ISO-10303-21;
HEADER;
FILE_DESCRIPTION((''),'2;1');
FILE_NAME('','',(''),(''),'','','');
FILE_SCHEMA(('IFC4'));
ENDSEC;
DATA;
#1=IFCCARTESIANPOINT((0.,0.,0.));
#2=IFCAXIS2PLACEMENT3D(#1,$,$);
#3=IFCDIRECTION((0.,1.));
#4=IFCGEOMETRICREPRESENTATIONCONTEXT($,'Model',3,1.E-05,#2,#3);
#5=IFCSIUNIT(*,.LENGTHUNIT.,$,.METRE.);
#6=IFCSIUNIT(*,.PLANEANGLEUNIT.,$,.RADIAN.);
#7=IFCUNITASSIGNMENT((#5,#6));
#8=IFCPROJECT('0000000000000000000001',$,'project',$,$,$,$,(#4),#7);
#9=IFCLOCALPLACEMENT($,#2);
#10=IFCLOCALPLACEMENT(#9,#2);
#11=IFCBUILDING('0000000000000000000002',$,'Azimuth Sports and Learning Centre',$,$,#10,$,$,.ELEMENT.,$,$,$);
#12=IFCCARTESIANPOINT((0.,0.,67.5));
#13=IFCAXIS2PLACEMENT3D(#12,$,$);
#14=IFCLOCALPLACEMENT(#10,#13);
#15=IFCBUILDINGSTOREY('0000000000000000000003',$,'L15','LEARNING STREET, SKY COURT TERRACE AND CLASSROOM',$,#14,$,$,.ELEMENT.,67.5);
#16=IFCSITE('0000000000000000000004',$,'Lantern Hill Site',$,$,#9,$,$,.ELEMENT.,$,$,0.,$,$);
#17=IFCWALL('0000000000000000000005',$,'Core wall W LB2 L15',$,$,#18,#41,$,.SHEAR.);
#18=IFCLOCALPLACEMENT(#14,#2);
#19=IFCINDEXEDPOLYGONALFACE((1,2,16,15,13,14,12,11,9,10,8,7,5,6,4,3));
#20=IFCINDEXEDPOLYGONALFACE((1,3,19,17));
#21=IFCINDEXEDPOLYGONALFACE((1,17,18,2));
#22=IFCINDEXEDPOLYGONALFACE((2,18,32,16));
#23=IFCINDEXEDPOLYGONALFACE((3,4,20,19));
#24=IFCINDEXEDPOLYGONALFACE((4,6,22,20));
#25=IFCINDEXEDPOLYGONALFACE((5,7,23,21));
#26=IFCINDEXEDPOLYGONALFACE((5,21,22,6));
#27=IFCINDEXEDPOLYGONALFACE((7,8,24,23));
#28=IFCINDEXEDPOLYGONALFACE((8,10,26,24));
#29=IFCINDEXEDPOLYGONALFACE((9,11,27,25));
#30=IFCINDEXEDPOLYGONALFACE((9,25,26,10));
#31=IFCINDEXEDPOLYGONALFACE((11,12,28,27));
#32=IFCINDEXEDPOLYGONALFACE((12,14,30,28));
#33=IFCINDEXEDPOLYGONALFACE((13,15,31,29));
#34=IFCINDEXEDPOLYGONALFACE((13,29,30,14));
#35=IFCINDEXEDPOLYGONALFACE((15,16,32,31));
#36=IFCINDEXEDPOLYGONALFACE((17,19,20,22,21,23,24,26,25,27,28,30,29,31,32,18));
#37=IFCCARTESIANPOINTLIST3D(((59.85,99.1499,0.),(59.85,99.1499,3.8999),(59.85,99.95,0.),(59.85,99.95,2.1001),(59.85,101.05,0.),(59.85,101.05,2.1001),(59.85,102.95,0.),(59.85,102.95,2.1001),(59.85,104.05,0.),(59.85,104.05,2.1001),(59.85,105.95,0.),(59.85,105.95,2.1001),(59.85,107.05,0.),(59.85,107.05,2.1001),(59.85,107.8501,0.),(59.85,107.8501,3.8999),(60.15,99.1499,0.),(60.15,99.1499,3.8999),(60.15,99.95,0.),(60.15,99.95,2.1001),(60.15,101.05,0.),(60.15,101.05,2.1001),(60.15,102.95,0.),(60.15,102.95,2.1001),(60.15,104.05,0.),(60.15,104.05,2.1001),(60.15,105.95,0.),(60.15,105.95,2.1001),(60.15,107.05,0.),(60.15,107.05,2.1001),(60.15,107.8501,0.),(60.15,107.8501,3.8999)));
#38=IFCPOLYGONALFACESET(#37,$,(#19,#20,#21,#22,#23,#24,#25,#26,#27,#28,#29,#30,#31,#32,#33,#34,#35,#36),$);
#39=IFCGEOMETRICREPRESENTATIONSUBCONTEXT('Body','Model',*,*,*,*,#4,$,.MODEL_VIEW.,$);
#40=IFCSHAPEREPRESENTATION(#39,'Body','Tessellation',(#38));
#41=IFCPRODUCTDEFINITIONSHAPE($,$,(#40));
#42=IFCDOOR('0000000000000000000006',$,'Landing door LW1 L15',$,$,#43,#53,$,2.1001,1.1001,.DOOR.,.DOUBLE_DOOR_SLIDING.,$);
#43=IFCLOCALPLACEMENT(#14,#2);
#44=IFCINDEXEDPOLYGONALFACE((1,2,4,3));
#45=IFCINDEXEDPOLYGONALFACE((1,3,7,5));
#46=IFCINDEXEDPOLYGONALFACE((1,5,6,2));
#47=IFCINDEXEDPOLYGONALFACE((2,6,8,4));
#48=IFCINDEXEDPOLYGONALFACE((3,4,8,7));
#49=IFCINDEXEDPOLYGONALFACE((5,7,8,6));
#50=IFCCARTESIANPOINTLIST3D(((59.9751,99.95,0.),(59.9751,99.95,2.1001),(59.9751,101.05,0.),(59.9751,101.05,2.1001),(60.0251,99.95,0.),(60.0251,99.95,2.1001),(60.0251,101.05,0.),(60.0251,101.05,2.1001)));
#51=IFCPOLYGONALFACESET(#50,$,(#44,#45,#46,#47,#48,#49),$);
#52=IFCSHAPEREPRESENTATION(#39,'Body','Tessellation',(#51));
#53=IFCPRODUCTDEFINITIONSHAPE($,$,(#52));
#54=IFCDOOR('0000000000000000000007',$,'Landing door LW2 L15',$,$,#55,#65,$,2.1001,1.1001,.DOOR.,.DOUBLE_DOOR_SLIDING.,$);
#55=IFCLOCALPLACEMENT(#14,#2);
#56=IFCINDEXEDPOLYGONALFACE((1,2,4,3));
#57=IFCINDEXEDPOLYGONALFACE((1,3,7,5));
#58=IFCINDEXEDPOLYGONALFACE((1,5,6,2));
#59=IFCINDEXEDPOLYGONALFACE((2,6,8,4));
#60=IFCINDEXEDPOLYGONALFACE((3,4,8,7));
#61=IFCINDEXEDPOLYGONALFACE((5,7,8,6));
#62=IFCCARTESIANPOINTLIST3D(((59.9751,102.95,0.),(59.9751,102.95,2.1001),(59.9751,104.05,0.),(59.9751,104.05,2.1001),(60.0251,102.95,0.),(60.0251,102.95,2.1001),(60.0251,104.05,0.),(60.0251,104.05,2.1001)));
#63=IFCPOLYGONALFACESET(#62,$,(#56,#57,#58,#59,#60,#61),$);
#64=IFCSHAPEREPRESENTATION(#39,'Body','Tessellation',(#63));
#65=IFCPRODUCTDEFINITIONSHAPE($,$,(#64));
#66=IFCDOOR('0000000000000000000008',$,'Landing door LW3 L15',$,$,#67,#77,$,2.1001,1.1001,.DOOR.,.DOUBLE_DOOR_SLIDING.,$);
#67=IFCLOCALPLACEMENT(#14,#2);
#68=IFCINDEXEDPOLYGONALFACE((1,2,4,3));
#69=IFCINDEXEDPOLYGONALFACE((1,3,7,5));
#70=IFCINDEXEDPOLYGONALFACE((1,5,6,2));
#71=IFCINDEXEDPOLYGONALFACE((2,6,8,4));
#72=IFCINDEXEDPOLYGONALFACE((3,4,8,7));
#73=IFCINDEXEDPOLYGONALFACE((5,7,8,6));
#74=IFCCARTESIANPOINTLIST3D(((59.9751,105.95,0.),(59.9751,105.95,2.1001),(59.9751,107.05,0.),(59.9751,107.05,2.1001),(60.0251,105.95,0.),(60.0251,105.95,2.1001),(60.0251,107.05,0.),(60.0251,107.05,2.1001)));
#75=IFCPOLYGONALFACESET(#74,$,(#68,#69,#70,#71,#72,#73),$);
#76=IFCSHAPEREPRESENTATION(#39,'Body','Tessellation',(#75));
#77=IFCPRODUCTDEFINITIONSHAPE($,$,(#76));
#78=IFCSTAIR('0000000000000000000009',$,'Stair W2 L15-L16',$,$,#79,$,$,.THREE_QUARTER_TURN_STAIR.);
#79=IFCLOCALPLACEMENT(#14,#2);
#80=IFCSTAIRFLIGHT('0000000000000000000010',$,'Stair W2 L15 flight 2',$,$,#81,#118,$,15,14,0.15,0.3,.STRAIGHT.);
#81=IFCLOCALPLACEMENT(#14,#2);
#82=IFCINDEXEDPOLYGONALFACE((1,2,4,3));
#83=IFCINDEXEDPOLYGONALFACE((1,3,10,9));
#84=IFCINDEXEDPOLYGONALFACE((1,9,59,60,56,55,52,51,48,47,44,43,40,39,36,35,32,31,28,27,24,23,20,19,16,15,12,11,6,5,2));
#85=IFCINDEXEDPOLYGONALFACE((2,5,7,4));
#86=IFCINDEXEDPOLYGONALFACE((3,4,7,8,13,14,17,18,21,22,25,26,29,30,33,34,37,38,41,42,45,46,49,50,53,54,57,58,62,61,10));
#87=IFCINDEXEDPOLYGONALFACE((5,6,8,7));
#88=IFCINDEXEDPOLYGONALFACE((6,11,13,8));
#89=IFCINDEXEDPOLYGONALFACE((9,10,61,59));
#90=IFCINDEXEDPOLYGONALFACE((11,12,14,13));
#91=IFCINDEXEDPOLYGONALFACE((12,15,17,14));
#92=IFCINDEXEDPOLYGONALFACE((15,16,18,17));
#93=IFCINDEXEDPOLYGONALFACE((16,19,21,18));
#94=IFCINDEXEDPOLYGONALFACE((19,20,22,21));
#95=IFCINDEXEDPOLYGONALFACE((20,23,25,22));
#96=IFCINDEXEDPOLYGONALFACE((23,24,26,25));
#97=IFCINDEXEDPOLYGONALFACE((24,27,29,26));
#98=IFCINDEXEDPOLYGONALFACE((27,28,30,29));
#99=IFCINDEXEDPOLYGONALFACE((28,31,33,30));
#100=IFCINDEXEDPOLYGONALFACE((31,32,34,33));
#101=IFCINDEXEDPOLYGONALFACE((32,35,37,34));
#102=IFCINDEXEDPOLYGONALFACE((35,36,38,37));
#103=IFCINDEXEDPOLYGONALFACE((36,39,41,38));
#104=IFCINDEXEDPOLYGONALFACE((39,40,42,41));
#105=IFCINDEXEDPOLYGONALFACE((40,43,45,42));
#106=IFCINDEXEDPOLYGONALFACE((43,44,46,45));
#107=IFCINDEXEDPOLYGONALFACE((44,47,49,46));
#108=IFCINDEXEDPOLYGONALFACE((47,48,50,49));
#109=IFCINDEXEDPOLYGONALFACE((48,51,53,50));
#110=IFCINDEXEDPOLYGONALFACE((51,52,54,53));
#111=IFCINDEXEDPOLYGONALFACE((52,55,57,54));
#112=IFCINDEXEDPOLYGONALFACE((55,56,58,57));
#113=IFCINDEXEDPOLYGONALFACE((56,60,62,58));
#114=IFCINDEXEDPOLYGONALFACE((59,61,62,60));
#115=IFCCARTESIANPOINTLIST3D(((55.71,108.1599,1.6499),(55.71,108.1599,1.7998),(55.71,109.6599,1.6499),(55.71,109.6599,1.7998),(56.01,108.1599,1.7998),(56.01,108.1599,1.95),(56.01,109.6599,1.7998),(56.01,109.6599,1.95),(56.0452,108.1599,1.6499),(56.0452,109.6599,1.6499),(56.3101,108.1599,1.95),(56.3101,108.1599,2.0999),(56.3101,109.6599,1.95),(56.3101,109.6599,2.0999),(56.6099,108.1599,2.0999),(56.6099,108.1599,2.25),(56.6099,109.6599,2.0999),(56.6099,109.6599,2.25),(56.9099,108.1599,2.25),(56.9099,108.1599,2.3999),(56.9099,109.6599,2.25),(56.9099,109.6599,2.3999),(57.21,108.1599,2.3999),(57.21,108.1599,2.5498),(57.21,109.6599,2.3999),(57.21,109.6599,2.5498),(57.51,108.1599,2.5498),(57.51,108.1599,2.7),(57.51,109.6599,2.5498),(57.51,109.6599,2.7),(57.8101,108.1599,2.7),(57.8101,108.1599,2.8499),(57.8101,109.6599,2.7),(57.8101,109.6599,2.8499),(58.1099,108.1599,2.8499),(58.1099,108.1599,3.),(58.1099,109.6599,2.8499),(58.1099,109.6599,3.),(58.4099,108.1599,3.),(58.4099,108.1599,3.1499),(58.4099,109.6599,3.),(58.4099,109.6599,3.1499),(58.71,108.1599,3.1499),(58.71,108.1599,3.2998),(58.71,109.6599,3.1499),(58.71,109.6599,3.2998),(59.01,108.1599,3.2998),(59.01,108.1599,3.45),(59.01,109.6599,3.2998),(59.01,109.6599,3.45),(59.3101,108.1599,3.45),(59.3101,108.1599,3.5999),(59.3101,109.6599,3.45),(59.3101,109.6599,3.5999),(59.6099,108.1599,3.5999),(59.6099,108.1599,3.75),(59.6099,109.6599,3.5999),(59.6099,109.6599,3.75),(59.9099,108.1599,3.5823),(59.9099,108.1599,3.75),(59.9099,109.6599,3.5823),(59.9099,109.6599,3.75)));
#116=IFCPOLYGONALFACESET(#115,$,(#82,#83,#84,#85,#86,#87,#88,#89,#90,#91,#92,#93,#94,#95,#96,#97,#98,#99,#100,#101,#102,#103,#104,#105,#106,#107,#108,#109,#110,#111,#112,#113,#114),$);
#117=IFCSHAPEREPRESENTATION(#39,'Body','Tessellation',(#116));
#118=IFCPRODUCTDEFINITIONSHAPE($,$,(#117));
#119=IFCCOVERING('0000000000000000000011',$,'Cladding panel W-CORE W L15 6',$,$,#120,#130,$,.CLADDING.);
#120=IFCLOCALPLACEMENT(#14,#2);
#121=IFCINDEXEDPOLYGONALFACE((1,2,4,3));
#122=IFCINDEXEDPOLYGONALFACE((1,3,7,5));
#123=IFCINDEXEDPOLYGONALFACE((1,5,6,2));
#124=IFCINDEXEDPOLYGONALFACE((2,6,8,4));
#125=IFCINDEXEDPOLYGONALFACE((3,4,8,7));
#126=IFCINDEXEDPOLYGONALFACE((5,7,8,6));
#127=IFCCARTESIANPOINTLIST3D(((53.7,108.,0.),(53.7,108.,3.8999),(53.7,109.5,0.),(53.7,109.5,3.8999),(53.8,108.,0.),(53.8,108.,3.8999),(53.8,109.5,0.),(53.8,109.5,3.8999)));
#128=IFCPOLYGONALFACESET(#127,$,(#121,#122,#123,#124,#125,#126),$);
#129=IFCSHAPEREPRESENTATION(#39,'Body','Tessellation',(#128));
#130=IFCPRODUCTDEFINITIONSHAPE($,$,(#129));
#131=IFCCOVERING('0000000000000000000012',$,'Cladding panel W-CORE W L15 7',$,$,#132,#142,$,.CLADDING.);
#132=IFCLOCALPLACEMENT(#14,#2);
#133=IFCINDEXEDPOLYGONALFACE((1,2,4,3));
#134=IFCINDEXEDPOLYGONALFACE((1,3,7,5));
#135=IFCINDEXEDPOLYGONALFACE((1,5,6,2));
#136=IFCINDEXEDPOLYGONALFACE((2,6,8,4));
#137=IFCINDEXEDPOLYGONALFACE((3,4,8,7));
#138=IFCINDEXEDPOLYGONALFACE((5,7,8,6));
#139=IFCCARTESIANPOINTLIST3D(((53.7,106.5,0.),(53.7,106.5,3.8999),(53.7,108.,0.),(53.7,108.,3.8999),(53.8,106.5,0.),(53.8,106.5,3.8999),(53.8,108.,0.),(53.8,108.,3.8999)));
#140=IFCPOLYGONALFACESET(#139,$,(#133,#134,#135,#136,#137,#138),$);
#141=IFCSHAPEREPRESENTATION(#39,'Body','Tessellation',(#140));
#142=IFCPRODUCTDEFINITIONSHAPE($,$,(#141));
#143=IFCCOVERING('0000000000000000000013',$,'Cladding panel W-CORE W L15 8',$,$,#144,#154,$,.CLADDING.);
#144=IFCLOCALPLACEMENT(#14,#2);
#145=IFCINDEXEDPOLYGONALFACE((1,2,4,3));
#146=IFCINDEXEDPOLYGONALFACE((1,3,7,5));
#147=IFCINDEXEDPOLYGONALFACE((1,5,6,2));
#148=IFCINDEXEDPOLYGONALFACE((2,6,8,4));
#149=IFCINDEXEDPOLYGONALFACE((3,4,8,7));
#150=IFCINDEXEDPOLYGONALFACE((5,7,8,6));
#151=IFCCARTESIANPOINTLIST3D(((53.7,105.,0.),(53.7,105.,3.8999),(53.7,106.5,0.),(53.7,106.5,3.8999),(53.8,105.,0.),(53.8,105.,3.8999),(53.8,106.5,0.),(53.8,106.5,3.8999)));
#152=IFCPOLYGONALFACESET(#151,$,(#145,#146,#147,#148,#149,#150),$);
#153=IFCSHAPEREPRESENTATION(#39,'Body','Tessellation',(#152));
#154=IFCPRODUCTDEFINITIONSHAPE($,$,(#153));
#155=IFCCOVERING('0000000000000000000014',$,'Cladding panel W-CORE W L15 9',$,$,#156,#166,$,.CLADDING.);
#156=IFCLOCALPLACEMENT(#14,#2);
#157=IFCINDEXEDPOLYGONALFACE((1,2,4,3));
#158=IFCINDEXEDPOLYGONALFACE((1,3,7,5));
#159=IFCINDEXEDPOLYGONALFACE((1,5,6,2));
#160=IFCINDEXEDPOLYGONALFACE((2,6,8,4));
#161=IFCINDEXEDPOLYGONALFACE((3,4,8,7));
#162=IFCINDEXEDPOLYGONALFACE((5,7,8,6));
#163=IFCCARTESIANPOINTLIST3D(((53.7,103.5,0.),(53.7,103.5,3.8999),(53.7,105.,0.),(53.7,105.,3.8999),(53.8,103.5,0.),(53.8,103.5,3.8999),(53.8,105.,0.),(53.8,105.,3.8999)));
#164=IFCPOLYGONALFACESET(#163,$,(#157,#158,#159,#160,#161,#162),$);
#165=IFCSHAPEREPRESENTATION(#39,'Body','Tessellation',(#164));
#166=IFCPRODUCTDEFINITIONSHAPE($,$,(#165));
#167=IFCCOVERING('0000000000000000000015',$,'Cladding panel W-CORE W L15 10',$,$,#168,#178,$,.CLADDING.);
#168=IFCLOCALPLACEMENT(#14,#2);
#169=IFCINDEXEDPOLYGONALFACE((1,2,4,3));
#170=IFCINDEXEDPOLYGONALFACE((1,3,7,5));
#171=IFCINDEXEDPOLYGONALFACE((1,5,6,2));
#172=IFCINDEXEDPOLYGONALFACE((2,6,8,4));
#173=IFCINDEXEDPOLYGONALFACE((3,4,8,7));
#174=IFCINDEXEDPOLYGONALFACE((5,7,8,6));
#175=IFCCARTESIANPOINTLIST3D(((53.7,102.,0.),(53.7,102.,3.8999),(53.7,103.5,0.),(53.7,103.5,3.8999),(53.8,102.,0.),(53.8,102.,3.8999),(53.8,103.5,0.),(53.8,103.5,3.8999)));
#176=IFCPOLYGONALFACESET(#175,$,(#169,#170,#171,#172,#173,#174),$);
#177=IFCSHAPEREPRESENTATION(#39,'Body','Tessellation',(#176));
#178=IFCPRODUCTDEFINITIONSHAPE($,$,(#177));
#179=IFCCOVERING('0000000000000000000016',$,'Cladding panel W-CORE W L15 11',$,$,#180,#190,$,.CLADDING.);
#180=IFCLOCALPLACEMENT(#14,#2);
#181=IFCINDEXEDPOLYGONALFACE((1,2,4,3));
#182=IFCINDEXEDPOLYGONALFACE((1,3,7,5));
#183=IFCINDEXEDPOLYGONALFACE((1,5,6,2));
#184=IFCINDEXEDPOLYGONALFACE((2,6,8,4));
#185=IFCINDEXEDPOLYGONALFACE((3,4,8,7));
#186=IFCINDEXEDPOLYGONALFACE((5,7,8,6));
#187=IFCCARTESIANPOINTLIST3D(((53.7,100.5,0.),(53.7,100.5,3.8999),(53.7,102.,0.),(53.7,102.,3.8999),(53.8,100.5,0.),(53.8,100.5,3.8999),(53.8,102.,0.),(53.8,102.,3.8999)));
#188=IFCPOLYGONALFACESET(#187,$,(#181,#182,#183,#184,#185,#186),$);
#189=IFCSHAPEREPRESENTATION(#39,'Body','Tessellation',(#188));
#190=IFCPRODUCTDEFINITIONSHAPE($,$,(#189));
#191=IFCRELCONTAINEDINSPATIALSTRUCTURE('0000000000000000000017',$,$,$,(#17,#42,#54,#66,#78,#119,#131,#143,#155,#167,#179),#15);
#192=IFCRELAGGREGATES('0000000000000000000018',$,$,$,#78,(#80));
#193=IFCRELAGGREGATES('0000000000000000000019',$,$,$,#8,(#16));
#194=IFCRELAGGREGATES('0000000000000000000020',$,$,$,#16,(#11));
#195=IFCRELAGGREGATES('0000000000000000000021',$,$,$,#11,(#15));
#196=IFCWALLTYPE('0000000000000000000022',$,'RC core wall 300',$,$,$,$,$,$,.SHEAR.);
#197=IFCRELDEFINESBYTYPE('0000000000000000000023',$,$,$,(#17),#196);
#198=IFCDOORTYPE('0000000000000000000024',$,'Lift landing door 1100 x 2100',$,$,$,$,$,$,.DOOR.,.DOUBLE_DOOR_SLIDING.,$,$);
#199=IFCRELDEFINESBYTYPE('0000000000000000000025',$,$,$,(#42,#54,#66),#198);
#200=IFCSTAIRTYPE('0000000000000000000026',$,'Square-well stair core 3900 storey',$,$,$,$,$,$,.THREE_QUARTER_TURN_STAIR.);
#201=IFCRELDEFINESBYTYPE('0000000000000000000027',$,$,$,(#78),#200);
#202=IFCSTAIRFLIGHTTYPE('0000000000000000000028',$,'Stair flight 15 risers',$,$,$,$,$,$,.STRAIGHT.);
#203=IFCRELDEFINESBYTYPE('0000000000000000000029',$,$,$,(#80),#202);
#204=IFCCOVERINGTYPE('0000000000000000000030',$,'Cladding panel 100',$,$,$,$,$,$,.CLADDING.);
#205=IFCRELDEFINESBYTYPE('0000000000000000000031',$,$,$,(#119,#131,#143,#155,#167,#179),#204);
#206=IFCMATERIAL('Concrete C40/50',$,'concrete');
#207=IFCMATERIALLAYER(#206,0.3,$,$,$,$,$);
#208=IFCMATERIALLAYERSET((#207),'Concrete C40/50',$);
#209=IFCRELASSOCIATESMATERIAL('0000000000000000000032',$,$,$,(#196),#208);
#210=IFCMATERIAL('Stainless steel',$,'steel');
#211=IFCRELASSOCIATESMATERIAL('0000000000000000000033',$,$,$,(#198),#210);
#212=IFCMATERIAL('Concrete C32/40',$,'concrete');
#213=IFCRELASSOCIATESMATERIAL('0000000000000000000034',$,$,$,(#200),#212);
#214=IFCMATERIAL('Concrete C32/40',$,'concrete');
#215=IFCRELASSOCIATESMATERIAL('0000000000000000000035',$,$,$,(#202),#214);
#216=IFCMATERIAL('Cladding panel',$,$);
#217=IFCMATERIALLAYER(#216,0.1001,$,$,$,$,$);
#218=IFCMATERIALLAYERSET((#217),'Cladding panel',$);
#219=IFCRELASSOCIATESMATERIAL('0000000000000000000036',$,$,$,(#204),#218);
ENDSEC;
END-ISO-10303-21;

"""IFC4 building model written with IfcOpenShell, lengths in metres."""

from ifc_helpers import new_model, si_unit, direction, frame, frame_2d, origin, origin_2d, place, context, subcontext, project, spatial, polyline, rectangle, outline, extrude, material, layer, layer_set, type_object, element, fill, aggregate, save


model = new_model("IFC4")

# Units and contexts
model_context = context("Model", 3, precision=1e-05, world=origin(), true_north=direction((0.0, 1.0)))
body_context = subcontext(model_context, "Body", "Model", "MODEL_VIEW")
ifc_project = project(units=[si_unit("LENGTHUNIT", "METRE"), si_unit("PLANEANGLEUNIT", "RADIAN")], contexts=[model_context])

# Site, building, storey
site_placement = place(None, origin())
site = spatial("IfcSite", under=ifc_project, at=site_placement, Name="Lantern Hill Site", CompositionType="ELEMENT", RefElevation=0.0)
building_placement = place(site_placement, origin())
building = spatial("IfcBuilding", under=site, at=building_placement, Name="Azimuth Sports and Learning Centre", CompositionType="ELEMENT")
storey_placement = place(building_placement, frame((0.0, 0.0, 67.5)))
storey = spatial("IfcBuildingStorey", under=building, at=storey_placement, Name="L15", Description="LEARNING STREET, SKY COURT TERRACE AND CLASSROOM", CompositionType="ELEMENT", Elevation=67.5)

# Shared definitions
ifc_material_1 = material(Name="Concrete C40/50", Category="concrete")
ifc_layer_1 = layer(ifc_material_1, 0.3)
ifc_layer_set_1 = layer_set([ifc_layer_1], Name="Concrete C40/50")
wall_type_1 = type_object("IfcWallType", Name="RC core wall 300", PredefinedType="SHEAR", material=ifc_layer_set_1)

# Wall, openings, doors
wall_1_placement = place(storey_placement, frame((60.0, 99.1499, 0.0), z_axis=(0.0, 0.0, 1.0), x_axis=(0.0, 1.0, 0.0)))
wall_1 = element("IfcWall", 1, at=wall_1_placement, inside=storey, type_object=wall_type_1, Name="Core wall W LB2 L15", PredefinedType="SHEAR", context=body_context, shape_type="SweptSolid", body=[
    extrude(rectangle(XDim=8.7002, YDim=0.3, at=frame_2d((4.3501, 0.0))), origin(), (0.0, 0.0, 1.0), 3.8999),
])
opening_1_placement = place(wall_1_placement, frame((0.8, 0.0, 0.0)))
opening_1 = element("IfcOpeningElement", 2, at=opening_1_placement, cuts=wall_1, PredefinedType="OPENING", context=body_context, shape_type="SweptSolid", body=[
    extrude(rectangle(XDim=1.1001, YDim=2.1001, at=frame_2d((0.55, 1.05))), frame((0.0, 0.1611, 0.0), z_axis=(0.0, -1.0, 0.0), x_axis=(1.0, 0.0, 0.0)), (0.0, 0.0, 1.0), 0.322),
])
opening_2_placement = place(wall_1_placement, frame((3.8, 0.0, 0.0)))
opening_2 = element("IfcOpeningElement", 3, at=opening_2_placement, cuts=wall_1, PredefinedType="OPENING", context=body_context, shape_type="SweptSolid", body=[
    extrude(rectangle(XDim=1.1001, YDim=2.1001, at=frame_2d((0.55, 1.05))), frame((0.0, 0.1611, 0.0), z_axis=(0.0, -1.0, 0.0), x_axis=(1.0, 0.0, 0.0)), (0.0, 0.0, 1.0), 0.322),
])
opening_3_placement = place(wall_1_placement, frame((6.8, 0.0, 0.0)))
opening_3 = element("IfcOpeningElement", 4, at=opening_3_placement, cuts=wall_1, PredefinedType="OPENING", context=body_context, shape_type="SweptSolid", body=[
    extrude(rectangle(XDim=1.1001, YDim=2.1001, at=frame_2d((0.55, 1.05))), frame((0.0, 0.1611, 0.0), z_axis=(0.0, -1.0, 0.0), x_axis=(1.0, 0.0, 0.0)), (0.0, 0.0, 1.0), 0.322),
])
ifc_material_2 = material(Name="Stainless steel", Category="steel")
door_type_1 = type_object("IfcDoorType", Name="Lift landing door 1100 x 2100", OperationType="DOUBLE_DOOR_SLIDING", PredefinedType="DOOR", material=ifc_material_2)
door_1_placement = place(opening_1_placement, origin())
door_1 = element("IfcDoor", 5, at=door_1_placement, inside=storey, type_object=door_type_1, Name="Landing door LW1 L15", OperationType="DOUBLE_DOOR_SLIDING", OverallHeight=2.1001, OverallWidth=1.1001, PredefinedType="DOOR", context=body_context, shape_type="SweptSolid", body=[
    extrude(rectangle(XDim=1.1001, YDim=2.1001, at=frame_2d((0.55, 1.05))), frame((0.0, 0.0249, 0.0), z_axis=(0.0, -1.0, 0.0), x_axis=(1.0, 0.0, 0.0)), (0.0, 0.0, 1.0), 0.05),
])
fill(opening_1, door_1)
door_2_placement = place(opening_2_placement, origin())
door_2 = element("IfcDoor", 6, at=door_2_placement, inside=storey, type_object=door_type_1, Name="Landing door LW2 L15", OperationType="DOUBLE_DOOR_SLIDING", OverallHeight=2.1001, OverallWidth=1.1001, PredefinedType="DOOR", context=body_context, shape_type="SweptSolid", body=[
    extrude(rectangle(XDim=1.1001, YDim=2.1001, at=frame_2d((0.55, 1.05))), frame((0.0, 0.0249, 0.0), z_axis=(0.0, -1.0, 0.0), x_axis=(1.0, 0.0, 0.0)), (0.0, 0.0, 1.0), 0.05),
])
fill(opening_2, door_2)
door_3_placement = place(opening_3_placement, origin())
door_3 = element("IfcDoor", 7, at=door_3_placement, inside=storey, type_object=door_type_1, Name="Landing door LW3 L15", OperationType="DOUBLE_DOOR_SLIDING", OverallHeight=2.1001, OverallWidth=1.1001, PredefinedType="DOOR", context=body_context, shape_type="SweptSolid", body=[
    extrude(rectangle(XDim=1.1001, YDim=2.1001, at=frame_2d((0.55, 1.05))), frame((0.0, 0.0249, 0.0), z_axis=(0.0, -1.0, 0.0), x_axis=(1.0, 0.0, 0.0)), (0.0, 0.0, 1.0), 0.05),
])
fill(opening_3, door_3)

# Stair, stair flight
ifc_material_3 = material(Name="Concrete C32/40", Category="concrete")
stair_type = type_object("IfcStairType", Name="Square-well stair core 3900 storey", PredefinedType="THREE_QUARTER_TURN_STAIR", material=ifc_material_3)
stair_placement = place(storey_placement, origin())
stair = element("IfcStair", 8, at=stair_placement, inside=storey, type_object=stair_type, Name="Stair W2 L15-L16", PredefinedType="THREE_QUARTER_TURN_STAIR")
ifc_material_4 = material(Name="Concrete C32/40", Category="concrete")
stair_flight_type = type_object("IfcStairFlightType", Name="Stair flight 15 risers", PredefinedType="STRAIGHT", material=ifc_material_4)
stair_flight_placement = place(storey_placement, frame((55.71, 108.9099, 1.6499), z_axis=(0.0, 0.0, 1.0), x_axis=(1.0, 0.0, 0.0)))
stair_flight = element("IfcStairFlight", 9, at=stair_flight_placement, type_object=stair_flight_type, Name="Stair W2 L15 flight 2", NumberOfRisers=15, NumberOfTreads=14, PredefinedType="STRAIGHT", RiserHeight=0.15, TreadLength=0.3, context=body_context, shape_type="SweptSolid", body=[
    extrude(outline(polyline([(0.0, 0.0), (0.0, 0.1499), (0.3, 0.1499), (0.3, 0.3), (0.6001, 0.3), (0.6001, 0.45), (0.8999, 0.45), (0.8999, 0.6001), (1.2, 0.6001), (1.2, 0.75), (1.5, 0.75), (1.5, 0.8999), (1.8, 0.8999), (1.8, 1.05), (2.1001, 1.05), (2.1001, 1.2), (2.3999, 1.2), (2.3999, 1.3501), (2.7, 1.3501), (2.7, 1.5), (3.0, 1.5), (3.0, 1.6499), (3.3, 1.6499), (3.3, 1.8), (3.6001, 1.8), (3.6001, 1.95), (3.8999, 1.95), (3.8999, 2.1001), (4.2, 2.1001), (4.2, 2.25), (4.2, 1.9324), (0.3352, 0.0), (0.0, 0.0)])), frame((0.0, 0.75, 0.0), z_axis=(0.0, -1.0, 0.0), x_axis=(1.0, 0.0, 0.0)), (0.0, 0.0, 1.0), 1.5),
])
aggregate(stair, [stair_flight])

# Coverings
ifc_material_5 = material(Name="Cladding panel")
ifc_layer_2 = layer(ifc_material_5, 0.1001)
ifc_layer_set_2 = layer_set([ifc_layer_2], Name="Cladding panel")
covering_type = type_object("IfcCoveringType", Name="Cladding panel 100", PredefinedType="CLADDING", material=ifc_layer_set_2)
for number, where, z_axis, x_axis, name in (
    (10, (53.75, 108.75, 0.0), (0.0, 0.0, 1.0), (0.0, -1.0, 0.0), "Cladding panel W-CORE W L15 6"),
    (11, (53.75, 107.25, 0.0), (0.0, 0.0, 1.0), (0.0, -1.0, 0.0), "Cladding panel W-CORE W L15 7"),
    (12, (53.75, 105.75, 0.0), (0.0, 0.0, 1.0), (0.0, -1.0, 0.0), "Cladding panel W-CORE W L15 8"),
    (13, (53.75, 104.25, 0.0), (0.0, 0.0, 1.0), (0.0, -1.0, 0.0), "Cladding panel W-CORE W L15 9"),
    (14, (53.75, 102.75, 0.0), (0.0, 0.0, 1.0), (0.0, -1.0, 0.0), "Cladding panel W-CORE W L15 10"),
    (15, (53.75, 101.25, 0.0), (0.0, 0.0, 1.0), (0.0, -1.0, 0.0), "Cladding panel W-CORE W L15 11"),
):
    element("IfcCovering", number, at=place(storey_placement, frame(where, z_axis=z_axis, x_axis=x_axis)), inside=storey, type_object=covering_type, Name=name, PredefinedType="CLADDING", context=body_context, shape_type="SweptSolid", body=[
        extrude(rectangle(XDim=1.5, YDim=0.1001, at=origin_2d()), origin(), (0.0, 0.0, 1.0), 3.8999),
    ])

save(model, "model.ifc")
